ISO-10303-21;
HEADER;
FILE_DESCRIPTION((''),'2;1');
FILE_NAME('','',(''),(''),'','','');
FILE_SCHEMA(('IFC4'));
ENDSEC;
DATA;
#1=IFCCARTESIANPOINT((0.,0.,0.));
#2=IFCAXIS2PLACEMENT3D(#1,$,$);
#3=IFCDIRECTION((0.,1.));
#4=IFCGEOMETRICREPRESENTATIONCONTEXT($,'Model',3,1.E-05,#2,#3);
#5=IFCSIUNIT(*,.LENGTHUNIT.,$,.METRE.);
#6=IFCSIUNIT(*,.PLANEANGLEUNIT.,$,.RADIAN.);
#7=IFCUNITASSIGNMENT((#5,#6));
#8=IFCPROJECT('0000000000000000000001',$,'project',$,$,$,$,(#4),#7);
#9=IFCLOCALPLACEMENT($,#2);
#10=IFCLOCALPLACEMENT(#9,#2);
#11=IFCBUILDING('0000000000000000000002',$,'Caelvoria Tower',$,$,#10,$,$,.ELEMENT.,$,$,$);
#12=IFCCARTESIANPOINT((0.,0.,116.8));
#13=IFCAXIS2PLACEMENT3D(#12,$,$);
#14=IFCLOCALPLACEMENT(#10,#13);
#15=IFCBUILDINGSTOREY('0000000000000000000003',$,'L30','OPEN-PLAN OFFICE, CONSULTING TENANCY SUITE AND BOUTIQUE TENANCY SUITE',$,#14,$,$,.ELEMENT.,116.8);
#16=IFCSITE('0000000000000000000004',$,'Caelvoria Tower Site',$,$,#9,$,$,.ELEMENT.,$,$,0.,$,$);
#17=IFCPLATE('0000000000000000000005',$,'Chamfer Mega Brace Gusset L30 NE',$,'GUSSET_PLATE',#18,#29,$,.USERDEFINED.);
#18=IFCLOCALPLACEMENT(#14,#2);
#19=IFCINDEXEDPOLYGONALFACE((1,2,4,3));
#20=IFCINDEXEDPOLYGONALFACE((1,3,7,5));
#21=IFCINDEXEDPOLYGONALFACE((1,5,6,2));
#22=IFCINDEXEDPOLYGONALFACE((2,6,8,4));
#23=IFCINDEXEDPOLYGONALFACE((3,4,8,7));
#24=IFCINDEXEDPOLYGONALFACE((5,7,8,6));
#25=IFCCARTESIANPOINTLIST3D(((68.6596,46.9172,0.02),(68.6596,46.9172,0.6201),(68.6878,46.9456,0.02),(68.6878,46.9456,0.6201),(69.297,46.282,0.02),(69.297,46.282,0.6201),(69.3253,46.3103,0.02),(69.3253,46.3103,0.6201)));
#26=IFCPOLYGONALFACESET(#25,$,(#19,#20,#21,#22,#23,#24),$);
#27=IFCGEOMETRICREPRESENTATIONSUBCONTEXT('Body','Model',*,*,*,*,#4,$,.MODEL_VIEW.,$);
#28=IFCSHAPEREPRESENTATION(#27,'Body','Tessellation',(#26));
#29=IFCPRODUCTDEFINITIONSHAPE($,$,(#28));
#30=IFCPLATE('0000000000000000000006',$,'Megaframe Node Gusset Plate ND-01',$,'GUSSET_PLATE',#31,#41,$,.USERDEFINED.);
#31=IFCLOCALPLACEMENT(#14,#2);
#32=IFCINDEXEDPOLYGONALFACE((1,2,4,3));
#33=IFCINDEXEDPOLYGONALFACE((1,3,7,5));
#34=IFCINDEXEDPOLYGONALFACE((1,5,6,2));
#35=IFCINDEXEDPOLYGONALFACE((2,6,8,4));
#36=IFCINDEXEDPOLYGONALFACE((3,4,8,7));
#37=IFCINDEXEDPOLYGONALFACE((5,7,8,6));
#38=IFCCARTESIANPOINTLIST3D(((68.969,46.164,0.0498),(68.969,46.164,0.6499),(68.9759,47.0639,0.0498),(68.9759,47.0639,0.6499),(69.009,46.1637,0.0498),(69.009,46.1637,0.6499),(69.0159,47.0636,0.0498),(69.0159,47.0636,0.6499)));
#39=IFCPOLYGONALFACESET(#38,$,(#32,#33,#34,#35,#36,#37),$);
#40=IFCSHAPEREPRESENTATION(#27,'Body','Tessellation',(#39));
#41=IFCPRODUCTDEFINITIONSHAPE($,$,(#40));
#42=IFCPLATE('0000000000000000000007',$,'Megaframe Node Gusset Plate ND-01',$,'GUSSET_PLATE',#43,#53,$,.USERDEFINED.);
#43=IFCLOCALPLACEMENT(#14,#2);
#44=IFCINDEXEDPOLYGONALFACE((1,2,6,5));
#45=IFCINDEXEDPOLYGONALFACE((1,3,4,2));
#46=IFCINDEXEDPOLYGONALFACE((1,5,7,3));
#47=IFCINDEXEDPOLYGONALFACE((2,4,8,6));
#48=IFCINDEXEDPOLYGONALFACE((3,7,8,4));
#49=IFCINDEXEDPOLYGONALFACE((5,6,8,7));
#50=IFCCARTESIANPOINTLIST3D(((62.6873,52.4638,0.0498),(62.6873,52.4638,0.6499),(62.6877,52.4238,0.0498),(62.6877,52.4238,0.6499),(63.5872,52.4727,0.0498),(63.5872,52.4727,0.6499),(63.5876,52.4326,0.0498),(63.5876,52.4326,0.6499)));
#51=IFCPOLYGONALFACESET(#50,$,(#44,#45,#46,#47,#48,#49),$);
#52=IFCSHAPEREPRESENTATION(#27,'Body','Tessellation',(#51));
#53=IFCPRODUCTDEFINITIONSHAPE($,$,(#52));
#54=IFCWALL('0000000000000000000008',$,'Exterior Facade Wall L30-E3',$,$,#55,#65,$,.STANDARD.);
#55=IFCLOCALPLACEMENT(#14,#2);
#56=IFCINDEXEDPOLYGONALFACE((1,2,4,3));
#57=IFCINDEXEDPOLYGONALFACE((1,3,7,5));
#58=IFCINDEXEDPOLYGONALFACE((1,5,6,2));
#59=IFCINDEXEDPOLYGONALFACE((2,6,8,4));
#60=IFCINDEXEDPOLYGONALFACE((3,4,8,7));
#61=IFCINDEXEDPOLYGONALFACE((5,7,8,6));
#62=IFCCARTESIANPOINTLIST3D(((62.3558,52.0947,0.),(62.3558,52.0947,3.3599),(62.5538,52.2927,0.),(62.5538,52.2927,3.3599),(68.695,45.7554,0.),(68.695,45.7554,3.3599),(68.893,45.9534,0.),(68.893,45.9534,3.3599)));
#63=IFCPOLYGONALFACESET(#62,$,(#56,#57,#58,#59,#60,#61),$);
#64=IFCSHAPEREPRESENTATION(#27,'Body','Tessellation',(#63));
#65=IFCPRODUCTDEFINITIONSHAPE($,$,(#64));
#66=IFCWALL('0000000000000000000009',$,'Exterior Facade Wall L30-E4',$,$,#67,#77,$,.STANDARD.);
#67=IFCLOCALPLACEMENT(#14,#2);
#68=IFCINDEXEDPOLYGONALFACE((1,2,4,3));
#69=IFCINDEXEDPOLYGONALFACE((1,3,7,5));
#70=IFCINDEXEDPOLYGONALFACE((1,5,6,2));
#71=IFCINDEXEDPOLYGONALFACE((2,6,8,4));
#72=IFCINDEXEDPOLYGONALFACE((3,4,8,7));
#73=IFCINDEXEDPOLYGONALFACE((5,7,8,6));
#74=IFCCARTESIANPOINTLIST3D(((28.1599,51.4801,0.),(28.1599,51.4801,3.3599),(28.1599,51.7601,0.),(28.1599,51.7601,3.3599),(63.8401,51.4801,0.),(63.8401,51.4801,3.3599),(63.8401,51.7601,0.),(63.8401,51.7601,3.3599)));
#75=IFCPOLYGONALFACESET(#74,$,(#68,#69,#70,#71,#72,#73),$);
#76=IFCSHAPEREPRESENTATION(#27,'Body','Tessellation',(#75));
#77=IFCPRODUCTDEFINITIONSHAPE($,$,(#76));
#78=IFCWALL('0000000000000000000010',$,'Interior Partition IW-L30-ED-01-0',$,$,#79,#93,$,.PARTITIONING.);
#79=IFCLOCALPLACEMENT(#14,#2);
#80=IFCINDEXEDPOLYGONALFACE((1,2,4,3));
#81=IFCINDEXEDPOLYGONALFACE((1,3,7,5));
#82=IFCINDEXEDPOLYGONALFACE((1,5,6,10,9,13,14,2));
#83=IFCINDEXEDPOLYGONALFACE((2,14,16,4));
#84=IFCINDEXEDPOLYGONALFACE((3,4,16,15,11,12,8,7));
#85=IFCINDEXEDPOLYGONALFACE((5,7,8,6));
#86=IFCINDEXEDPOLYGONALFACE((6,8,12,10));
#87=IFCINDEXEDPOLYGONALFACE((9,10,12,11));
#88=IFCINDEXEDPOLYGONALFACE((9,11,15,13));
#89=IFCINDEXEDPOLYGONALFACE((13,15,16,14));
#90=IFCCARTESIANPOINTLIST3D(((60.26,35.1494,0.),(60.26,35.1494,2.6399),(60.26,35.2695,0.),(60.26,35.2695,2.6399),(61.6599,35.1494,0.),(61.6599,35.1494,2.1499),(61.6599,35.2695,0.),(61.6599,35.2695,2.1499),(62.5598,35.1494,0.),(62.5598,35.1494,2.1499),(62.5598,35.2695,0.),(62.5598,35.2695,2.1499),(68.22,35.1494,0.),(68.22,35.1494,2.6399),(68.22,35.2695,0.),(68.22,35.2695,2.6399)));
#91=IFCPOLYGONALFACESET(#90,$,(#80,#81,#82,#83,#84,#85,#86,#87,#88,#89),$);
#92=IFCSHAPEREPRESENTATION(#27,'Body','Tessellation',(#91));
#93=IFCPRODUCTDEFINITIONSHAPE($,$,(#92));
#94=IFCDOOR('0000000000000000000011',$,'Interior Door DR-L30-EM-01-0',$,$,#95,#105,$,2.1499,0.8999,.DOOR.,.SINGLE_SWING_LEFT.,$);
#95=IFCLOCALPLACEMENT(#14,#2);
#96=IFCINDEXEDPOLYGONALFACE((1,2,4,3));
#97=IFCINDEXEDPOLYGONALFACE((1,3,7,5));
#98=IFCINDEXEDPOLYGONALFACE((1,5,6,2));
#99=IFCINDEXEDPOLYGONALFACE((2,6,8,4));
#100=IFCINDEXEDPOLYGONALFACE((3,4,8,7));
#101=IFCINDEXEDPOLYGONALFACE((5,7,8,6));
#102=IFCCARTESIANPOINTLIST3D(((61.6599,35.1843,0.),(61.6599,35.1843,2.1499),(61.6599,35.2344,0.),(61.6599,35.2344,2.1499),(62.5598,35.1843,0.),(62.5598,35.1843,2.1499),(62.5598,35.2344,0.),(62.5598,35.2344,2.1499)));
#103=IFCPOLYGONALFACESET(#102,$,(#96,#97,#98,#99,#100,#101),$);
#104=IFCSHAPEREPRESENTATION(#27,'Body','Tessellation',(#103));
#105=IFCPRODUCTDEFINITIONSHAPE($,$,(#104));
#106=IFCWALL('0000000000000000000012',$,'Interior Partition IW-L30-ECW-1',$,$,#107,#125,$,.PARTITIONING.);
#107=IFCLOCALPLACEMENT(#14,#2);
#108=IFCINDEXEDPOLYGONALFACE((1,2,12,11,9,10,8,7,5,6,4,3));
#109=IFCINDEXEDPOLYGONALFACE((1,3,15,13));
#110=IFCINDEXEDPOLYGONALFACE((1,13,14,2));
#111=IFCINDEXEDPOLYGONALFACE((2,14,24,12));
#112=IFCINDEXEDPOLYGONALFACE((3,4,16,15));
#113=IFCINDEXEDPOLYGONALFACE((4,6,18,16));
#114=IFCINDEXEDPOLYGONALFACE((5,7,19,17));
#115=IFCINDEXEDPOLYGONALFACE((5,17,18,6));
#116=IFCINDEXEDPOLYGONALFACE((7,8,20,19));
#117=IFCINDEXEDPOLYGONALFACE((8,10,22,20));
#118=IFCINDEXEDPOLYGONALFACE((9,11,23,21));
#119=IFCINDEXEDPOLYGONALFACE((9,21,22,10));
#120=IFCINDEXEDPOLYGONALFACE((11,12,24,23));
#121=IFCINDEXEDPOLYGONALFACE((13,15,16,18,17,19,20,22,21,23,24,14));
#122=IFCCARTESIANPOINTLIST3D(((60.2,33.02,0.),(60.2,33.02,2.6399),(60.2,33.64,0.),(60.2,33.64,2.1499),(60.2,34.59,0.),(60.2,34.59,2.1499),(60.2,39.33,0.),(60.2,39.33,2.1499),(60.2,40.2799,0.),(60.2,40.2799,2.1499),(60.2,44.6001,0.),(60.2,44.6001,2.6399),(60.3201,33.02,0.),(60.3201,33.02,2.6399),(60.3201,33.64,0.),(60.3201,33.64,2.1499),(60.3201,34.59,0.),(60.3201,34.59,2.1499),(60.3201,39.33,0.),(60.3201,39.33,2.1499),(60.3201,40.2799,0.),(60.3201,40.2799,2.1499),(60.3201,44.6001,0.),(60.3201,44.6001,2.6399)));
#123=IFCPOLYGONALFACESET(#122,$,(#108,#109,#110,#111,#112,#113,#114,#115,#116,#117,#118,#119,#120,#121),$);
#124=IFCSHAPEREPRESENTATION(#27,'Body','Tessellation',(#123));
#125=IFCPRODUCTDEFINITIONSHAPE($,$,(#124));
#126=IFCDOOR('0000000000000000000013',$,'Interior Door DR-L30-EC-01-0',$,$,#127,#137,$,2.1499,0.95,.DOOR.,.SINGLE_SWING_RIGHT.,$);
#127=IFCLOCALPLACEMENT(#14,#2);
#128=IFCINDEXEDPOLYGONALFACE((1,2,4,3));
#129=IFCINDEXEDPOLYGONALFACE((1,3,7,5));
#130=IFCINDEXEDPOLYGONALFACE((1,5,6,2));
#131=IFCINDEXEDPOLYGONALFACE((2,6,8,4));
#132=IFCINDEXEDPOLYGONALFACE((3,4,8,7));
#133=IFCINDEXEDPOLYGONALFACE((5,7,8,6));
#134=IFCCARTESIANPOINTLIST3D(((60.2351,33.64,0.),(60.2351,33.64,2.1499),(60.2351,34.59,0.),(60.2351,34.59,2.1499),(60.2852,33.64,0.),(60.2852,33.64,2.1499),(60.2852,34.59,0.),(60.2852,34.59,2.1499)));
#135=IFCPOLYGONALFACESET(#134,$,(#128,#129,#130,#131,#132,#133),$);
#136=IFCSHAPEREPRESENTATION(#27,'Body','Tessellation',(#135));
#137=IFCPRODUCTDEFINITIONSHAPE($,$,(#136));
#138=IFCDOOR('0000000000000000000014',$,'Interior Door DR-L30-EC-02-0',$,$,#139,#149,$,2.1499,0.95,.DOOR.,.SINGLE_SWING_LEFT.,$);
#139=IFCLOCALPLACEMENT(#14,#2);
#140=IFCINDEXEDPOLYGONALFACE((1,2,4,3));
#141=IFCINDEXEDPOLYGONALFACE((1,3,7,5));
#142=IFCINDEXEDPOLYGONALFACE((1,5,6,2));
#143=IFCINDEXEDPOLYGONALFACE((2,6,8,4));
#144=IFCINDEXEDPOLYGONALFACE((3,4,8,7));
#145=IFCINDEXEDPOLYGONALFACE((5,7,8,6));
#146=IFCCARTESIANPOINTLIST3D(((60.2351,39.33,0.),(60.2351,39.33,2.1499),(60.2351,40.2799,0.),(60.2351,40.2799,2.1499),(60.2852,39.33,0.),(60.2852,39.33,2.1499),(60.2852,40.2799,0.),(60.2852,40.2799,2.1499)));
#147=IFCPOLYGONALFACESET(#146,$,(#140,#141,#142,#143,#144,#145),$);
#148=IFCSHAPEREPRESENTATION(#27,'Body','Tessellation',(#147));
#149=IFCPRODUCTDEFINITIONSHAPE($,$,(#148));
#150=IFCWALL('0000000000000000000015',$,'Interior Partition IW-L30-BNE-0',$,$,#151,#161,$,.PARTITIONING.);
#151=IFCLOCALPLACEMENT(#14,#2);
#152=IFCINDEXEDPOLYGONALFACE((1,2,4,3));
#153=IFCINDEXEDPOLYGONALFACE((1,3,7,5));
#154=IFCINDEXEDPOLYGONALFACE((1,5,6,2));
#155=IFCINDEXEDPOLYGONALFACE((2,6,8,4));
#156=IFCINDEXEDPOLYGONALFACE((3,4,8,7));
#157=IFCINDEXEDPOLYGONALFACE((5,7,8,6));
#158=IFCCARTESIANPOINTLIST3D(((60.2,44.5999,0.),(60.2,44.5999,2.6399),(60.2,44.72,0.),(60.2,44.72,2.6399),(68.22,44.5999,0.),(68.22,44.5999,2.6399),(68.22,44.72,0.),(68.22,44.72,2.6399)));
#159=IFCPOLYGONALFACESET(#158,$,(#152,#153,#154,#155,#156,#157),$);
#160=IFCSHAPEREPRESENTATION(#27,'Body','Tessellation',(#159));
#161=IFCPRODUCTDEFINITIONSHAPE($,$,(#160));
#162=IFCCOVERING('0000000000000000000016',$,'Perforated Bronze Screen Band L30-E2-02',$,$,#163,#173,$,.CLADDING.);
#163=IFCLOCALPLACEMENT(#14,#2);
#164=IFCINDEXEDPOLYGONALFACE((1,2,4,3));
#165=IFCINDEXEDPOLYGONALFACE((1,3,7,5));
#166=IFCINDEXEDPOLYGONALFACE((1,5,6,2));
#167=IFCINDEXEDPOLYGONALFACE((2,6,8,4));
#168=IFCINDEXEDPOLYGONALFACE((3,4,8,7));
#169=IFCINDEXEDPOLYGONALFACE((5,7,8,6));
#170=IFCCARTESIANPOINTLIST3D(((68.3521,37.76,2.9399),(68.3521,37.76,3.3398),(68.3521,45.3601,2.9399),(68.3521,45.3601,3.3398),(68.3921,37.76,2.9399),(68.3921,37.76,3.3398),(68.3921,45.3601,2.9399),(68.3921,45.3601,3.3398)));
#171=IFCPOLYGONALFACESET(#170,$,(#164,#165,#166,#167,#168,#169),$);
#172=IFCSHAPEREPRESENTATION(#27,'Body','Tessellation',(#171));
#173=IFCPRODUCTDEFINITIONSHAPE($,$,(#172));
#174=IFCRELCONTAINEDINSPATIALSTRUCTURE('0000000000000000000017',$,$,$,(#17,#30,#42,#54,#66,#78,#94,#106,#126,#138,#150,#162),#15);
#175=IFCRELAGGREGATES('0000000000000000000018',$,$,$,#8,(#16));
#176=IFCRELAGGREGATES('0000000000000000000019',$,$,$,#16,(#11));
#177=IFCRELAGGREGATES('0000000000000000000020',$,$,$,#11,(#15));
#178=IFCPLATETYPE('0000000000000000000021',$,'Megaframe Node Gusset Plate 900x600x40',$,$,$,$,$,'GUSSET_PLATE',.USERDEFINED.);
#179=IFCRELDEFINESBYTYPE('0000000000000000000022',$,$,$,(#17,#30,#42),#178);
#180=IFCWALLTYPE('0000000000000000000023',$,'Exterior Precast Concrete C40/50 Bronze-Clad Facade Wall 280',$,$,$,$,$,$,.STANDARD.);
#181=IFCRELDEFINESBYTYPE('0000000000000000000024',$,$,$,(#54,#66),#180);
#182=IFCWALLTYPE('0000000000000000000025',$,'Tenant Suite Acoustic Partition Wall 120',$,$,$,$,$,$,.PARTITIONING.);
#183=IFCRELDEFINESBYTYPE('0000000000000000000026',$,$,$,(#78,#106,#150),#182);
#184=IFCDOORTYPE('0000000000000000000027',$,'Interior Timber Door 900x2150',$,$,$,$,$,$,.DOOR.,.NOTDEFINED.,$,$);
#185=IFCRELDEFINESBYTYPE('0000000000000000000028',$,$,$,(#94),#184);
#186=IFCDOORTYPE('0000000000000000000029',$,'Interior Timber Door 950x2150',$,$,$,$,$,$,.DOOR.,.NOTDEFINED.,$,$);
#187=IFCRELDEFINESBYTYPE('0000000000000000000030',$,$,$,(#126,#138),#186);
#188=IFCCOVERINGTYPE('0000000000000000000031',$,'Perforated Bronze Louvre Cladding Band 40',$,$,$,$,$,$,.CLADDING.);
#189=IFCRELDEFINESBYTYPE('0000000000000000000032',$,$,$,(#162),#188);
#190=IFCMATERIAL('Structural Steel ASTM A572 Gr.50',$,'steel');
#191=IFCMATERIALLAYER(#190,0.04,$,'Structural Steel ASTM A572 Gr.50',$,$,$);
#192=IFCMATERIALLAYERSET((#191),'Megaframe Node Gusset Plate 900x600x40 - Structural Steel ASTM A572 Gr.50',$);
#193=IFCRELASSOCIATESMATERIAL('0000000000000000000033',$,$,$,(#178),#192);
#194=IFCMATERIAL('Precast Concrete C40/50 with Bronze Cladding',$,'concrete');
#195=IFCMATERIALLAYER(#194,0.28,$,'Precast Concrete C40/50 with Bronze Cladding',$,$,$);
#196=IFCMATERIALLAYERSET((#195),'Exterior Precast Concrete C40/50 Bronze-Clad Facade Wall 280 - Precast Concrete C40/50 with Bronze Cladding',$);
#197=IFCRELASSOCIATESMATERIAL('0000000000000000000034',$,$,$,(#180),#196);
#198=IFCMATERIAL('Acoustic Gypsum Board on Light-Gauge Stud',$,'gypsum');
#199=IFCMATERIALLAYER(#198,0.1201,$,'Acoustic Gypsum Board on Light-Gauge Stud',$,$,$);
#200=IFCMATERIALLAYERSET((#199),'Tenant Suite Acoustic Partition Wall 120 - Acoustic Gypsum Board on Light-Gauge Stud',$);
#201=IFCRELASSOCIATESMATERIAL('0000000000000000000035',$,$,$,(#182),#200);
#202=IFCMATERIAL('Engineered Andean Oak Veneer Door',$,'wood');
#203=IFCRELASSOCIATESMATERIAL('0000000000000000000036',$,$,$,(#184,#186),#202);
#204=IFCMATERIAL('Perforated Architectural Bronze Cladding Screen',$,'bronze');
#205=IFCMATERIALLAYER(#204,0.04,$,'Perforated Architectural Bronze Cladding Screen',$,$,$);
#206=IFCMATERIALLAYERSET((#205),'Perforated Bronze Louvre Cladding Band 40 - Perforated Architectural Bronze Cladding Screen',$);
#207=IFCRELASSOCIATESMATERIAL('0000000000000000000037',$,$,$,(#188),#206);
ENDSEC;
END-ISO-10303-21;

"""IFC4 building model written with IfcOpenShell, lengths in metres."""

from ifc_helpers import new_model, si_unit, direction, frame, frame_2d, origin, origin_2d, place, context, subcontext, project, spatial, rectangle, extrude, material, layer, layer_set, type_object, element, fill, save


model = new_model("IFC4")

# Units and contexts
model_context = context("Model", 3, precision=1e-05, world=origin(), true_north=direction((0.0, 1.0)))
body_context = subcontext(model_context, "Body", "Model", "MODEL_VIEW")
ifc_project = project(units=[si_unit("LENGTHUNIT", "METRE"), si_unit("PLANEANGLEUNIT", "RADIAN")], contexts=[model_context])

# Site, building, storey
site_placement = place(None, origin())
site = spatial("IfcSite", under=ifc_project, at=site_placement, Name="Caelvoria Tower Site", CompositionType="ELEMENT", RefElevation=0.0)
building_placement = place(site_placement, origin())
building = spatial("IfcBuilding", under=site, at=building_placement, Name="Caelvoria Tower", CompositionType="ELEMENT")
storey_placement = place(building_placement, frame((0.0, 0.0, 116.8)))
storey = spatial("IfcBuildingStorey", under=building, at=storey_placement, Name="L30", Description="OPEN-PLAN OFFICE, CONSULTING TENANCY SUITE AND BOUTIQUE TENANCY SUITE", CompositionType="ELEMENT", Elevation=116.8)

# Shared definitions
ifc_material_1 = material(Name="Structural Steel ASTM A572 Gr.50", Category="steel")

# Plates
ifc_layer_1 = layer(ifc_material_1, 0.04, Name="Structural Steel ASTM A572 Gr.50")
ifc_layer_set_1 = layer_set([ifc_layer_1], Name="Megaframe Node Gusset Plate 900x600x40 - Structural Steel ASTM A572 Gr.50")
plate_type = type_object("IfcPlateType", Name="Megaframe Node Gusset Plate 900x600x40", ElementType="GUSSET_PLATE", PredefinedType="USERDEFINED", material=ifc_layer_set_1)
for number, where, z_axis, x_axis, name in (
    (1, (68.9924, 46.6138, 0.02), (0.0, 0.0, 1.0), (-0.708346, 0.705865, 0.0), "Chamfer Mega Brace Gusset L30 NE"),
    (2, (68.9924, 46.6138, 0.0498), (0.0, 0.0, 1.0), (-0.007692, -0.99997, 0.0), "Megaframe Node Gusset Plate ND-01"),
    (3, (63.1375, 52.4482, 0.0498), (0.0, 0.0, 1.0), (-0.999952, -0.009814, 0.0), "Megaframe Node Gusset Plate ND-01"),
):
    element("IfcPlate", number, at=place(storey_placement, frame(where, z_axis=z_axis, x_axis=x_axis)), inside=storey, type_object=plate_type, Name=name, ObjectType="GUSSET_PLATE", PredefinedType="USERDEFINED", context=body_context, shape_type="SweptSolid", body=[
        extrude(rectangle(XDim=0.8999, YDim=0.04, at=origin_2d()), origin(), (0.0, 0.0, 1.0), 0.6001),
    ])

# Walls
ifc_material_2 = material(Name="Precast Concrete C40/50 with Bronze Cladding", Category="concrete")
ifc_layer_2 = layer(ifc_material_2, 0.28, Name="Precast Concrete C40/50 with Bronze Cladding")
ifc_layer_set_2 = layer_set([ifc_layer_2], Name="Exterior Precast Concrete C40/50 Bronze-Clad Facade Wall 280 - Precast Concrete C40/50 with Bronze Cladding")
wall_type_1 = type_object("IfcWallType", Name="Exterior Precast Concrete C40/50 Bronze-Clad Facade Wall 280", PredefinedType="STANDARD", material=ifc_layer_set_2)
wall_1_placement = place(storey_placement, frame((68.7939, 45.8545, 0.0), z_axis=(0.0, 0.0, 1.0), x_axis=(-0.707107, 0.707107, 0.0)))
element("IfcWall", 4, at=wall_1_placement, inside=storey, type_object=wall_type_1, Name="Exterior Facade Wall L30-E3", PredefinedType="STANDARD", context=body_context, shape_type="SweptSolid", body=[
    extrude(rectangle(XDim=8.9651, YDim=0.28, at=frame_2d((4.4824, 0.0))), origin(), (0.0, 0.0, 1.0), 3.3599),
])
wall_2_placement = place(storey_placement, frame((63.8401, 51.6201, 0.0), z_axis=(0.0, 0.0, 1.0), x_axis=(-1.0, 0.0, 0.0)))
element("IfcWall", 5, at=wall_2_placement, inside=storey, type_object=wall_type_1, Name="Exterior Facade Wall L30-E4", PredefinedType="STANDARD", context=body_context, shape_type="SweptSolid", body=[
    extrude(rectangle(XDim=35.6802, YDim=0.28, at=frame_2d((17.8401, 0.0))), origin(), (0.0, 0.0, 1.0), 3.3599),
])

# Wall, opening, door
ifc_material_3 = material(Name="Acoustic Gypsum Board on Light-Gauge Stud", Category="gypsum")
ifc_layer_3 = layer(ifc_material_3, 0.1201, Name="Acoustic Gypsum Board on Light-Gauge Stud")
ifc_layer_set_3 = layer_set([ifc_layer_3], Name="Tenant Suite Acoustic Partition Wall 120 - Acoustic Gypsum Board on Light-Gauge Stud")
wall_type_2 = type_object("IfcWallType", Name="Tenant Suite Acoustic Partition Wall 120", PredefinedType="PARTITIONING", material=ifc_layer_set_3)
wall_3_placement = place(storey_placement, frame((60.26, 35.2095, 0.0), z_axis=(0.0, 0.0, 1.0), x_axis=(1.0, 0.0, 0.0)))
wall_3 = element("IfcWall", 6, at=wall_3_placement, inside=storey, type_object=wall_type_2, Name="Interior Partition IW-L30-ED-01-0", PredefinedType="PARTITIONING", context=body_context, shape_type="SweptSolid", body=[
    extrude(rectangle(XDim=7.96, YDim=0.1201, at=frame_2d((3.98, 0.0))), origin(), (0.0, 0.0, 1.0), 2.6399),
])
opening_1_placement = place(wall_3_placement, frame((1.3999, 0.0, 0.0)))
opening_1 = element("IfcOpeningElement", 7, at=opening_1_placement, cuts=wall_3, PredefinedType="OPENING", context=body_context, shape_type="SweptSolid", body=[
    extrude(rectangle(XDim=0.8999, YDim=2.1499, at=frame_2d((0.45, 1.075))), frame((0.0, 0.0701, 0.0), z_axis=(0.0, -1.0, 0.0), x_axis=(1.0, 0.0, 0.0)), (0.0, 0.0, 1.0), 0.1401),
])
ifc_material_4 = material(Name="Engineered Andean Oak Veneer Door", Category="wood")
door_type_1 = type_object("IfcDoorType", Name="Interior Timber Door 900x2150", OperationType="NOTDEFINED", PredefinedType="DOOR", material=ifc_material_4)
door_1_placement = place(opening_1_placement, origin())
door_1 = element("IfcDoor", 8, at=door_1_placement, inside=storey, type_object=door_type_1, Name="Interior Door DR-L30-EM-01-0", OperationType="SINGLE_SWING_LEFT", OverallHeight=2.1499, OverallWidth=0.8999, PredefinedType="DOOR", context=body_context, shape_type="SweptSolid", body=[
    extrude(rectangle(XDim=0.8999, YDim=2.1499, at=frame_2d((0.45, 1.075))), frame((0.0, 0.0249, 0.0), z_axis=(0.0, -1.0, 0.0), x_axis=(1.0, 0.0, 0.0)), (0.0, 0.0, 1.0), 0.05),
])
fill(opening_1, door_1)

# Wall, openings, doors
wall_4_placement = place(storey_placement, frame((60.26, 33.02, 0.0), z_axis=(0.0, 0.0, 1.0), x_axis=(0.0, 1.0, 0.0)))
wall_4 = element("IfcWall", 9, at=wall_4_placement, inside=storey, type_object=wall_type_2, Name="Interior Partition IW-L30-ECW-1", PredefinedType="PARTITIONING", context=body_context, shape_type="SweptSolid", body=[
    extrude(rectangle(XDim=11.5801, YDim=0.1201, at=frame_2d((5.79, 0.0))), origin(), (0.0, 0.0, 1.0), 2.6399),
])
opening_2_placement = place(wall_4_placement, frame((0.6199, 0.0, 0.0)))
opening_2 = element("IfcOpeningElement", 10, at=opening_2_placement, cuts=wall_4, PredefinedType="OPENING", context=body_context, shape_type="SweptSolid", body=[
    extrude(rectangle(XDim=0.95, YDim=2.1499, at=frame_2d((0.4751, 1.075))), frame((0.0, 0.0701, 0.0), z_axis=(0.0, -1.0, 0.0), x_axis=(1.0, 0.0, 0.0)), (0.0, 0.0, 1.0), 0.1401),
])
opening_3_placement = place(wall_4_placement, frame((6.3098, 0.0, 0.0)))
opening_3 = element("IfcOpeningElement", 11, at=opening_3_placement, cuts=wall_4, PredefinedType="OPENING", context=body_context, shape_type="SweptSolid", body=[
    extrude(rectangle(XDim=0.95, YDim=2.1499, at=frame_2d((0.4751, 1.075))), frame((0.0, 0.0701, 0.0), z_axis=(0.0, -1.0, 0.0), x_axis=(1.0, 0.0, 0.0)), (0.0, 0.0, 1.0), 0.1401),
])
door_type_2 = type_object("IfcDoorType", Name="Interior Timber Door 950x2150", OperationType="NOTDEFINED", PredefinedType="DOOR", material=ifc_material_4)
door_2_placement = place(opening_2_placement, origin())
door_2 = element("IfcDoor", 12, at=door_2_placement, inside=storey, type_object=door_type_2, Name="Interior Door DR-L30-EC-01-0", OperationType="SINGLE_SWING_RIGHT", OverallHeight=2.1499, OverallWidth=0.95, PredefinedType="DOOR", context=body_context, shape_type="SweptSolid", body=[
    extrude(rectangle(XDim=0.95, YDim=2.1499, at=frame_2d((0.4751, 1.075))), frame((0.0, 0.0249, 0.0), z_axis=(0.0, -1.0, 0.0), x_axis=(1.0, 0.0, 0.0)), (0.0, 0.0, 1.0), 0.05),
])
fill(opening_2, door_2)
door_3_placement = place(opening_3_placement, origin())
door_3 = element("IfcDoor", 13, at=door_3_placement, inside=storey, type_object=door_type_2, Name="Interior Door DR-L30-EC-02-0", OperationType="SINGLE_SWING_LEFT", OverallHeight=2.1499, OverallWidth=0.95, PredefinedType="DOOR", context=body_context, shape_type="SweptSolid", body=[
    extrude(rectangle(XDim=0.95, YDim=2.1499, at=frame_2d((0.4751, 1.075))), frame((0.0, 0.0249, 0.0), z_axis=(0.0, -1.0, 0.0), x_axis=(1.0, 0.0, 0.0)), (0.0, 0.0, 1.0), 0.05),
])
fill(opening_3, door_3)

# Wall
wall_5_placement = place(storey_placement, frame((60.2, 44.6599, 0.0), z_axis=(0.0, 0.0, 1.0), x_axis=(1.0, 0.0, 0.0)))
element("IfcWall", 14, at=wall_5_placement, inside=storey, type_object=wall_type_2, Name="Interior Partition IW-L30-BNE-0", PredefinedType="PARTITIONING", context=body_context, shape_type="SweptSolid", body=[
    extrude(rectangle(XDim=8.02, YDim=0.1201, at=frame_2d((4.01, 0.0))), origin(), (0.0, 0.0, 1.0), 2.6399),
])

# Covering
ifc_material_5 = material(Name="Perforated Architectural Bronze Cladding Screen", Category="bronze")
ifc_layer_4 = layer(ifc_material_5, 0.04, Name="Perforated Architectural Bronze Cladding Screen")
ifc_layer_set_4 = layer_set([ifc_layer_4], Name="Perforated Bronze Louvre Cladding Band 40 - Perforated Architectural Bronze Cladding Screen")
covering_type = type_object("IfcCoveringType", Name="Perforated Bronze Louvre Cladding Band 40", PredefinedType="CLADDING", material=ifc_layer_set_4)
covering_1_placement = place(storey_placement, frame((68.3721, 41.5601, 2.9399), z_axis=(0.0, 0.0, 1.0), x_axis=(0.0, 1.0, 0.0)))
element("IfcCovering", 15, at=covering_1_placement, inside=storey, type_object=covering_type, Name="Perforated Bronze Screen Band L30-E2-02", PredefinedType="CLADDING", context=body_context, shape_type="SweptSolid", body=[
    extrude(rectangle(XDim=7.6001, YDim=0.04, at=origin_2d()), origin(), (0.0, 0.0, 1.0), 0.3999),
])

save(model, "model.ifc")
